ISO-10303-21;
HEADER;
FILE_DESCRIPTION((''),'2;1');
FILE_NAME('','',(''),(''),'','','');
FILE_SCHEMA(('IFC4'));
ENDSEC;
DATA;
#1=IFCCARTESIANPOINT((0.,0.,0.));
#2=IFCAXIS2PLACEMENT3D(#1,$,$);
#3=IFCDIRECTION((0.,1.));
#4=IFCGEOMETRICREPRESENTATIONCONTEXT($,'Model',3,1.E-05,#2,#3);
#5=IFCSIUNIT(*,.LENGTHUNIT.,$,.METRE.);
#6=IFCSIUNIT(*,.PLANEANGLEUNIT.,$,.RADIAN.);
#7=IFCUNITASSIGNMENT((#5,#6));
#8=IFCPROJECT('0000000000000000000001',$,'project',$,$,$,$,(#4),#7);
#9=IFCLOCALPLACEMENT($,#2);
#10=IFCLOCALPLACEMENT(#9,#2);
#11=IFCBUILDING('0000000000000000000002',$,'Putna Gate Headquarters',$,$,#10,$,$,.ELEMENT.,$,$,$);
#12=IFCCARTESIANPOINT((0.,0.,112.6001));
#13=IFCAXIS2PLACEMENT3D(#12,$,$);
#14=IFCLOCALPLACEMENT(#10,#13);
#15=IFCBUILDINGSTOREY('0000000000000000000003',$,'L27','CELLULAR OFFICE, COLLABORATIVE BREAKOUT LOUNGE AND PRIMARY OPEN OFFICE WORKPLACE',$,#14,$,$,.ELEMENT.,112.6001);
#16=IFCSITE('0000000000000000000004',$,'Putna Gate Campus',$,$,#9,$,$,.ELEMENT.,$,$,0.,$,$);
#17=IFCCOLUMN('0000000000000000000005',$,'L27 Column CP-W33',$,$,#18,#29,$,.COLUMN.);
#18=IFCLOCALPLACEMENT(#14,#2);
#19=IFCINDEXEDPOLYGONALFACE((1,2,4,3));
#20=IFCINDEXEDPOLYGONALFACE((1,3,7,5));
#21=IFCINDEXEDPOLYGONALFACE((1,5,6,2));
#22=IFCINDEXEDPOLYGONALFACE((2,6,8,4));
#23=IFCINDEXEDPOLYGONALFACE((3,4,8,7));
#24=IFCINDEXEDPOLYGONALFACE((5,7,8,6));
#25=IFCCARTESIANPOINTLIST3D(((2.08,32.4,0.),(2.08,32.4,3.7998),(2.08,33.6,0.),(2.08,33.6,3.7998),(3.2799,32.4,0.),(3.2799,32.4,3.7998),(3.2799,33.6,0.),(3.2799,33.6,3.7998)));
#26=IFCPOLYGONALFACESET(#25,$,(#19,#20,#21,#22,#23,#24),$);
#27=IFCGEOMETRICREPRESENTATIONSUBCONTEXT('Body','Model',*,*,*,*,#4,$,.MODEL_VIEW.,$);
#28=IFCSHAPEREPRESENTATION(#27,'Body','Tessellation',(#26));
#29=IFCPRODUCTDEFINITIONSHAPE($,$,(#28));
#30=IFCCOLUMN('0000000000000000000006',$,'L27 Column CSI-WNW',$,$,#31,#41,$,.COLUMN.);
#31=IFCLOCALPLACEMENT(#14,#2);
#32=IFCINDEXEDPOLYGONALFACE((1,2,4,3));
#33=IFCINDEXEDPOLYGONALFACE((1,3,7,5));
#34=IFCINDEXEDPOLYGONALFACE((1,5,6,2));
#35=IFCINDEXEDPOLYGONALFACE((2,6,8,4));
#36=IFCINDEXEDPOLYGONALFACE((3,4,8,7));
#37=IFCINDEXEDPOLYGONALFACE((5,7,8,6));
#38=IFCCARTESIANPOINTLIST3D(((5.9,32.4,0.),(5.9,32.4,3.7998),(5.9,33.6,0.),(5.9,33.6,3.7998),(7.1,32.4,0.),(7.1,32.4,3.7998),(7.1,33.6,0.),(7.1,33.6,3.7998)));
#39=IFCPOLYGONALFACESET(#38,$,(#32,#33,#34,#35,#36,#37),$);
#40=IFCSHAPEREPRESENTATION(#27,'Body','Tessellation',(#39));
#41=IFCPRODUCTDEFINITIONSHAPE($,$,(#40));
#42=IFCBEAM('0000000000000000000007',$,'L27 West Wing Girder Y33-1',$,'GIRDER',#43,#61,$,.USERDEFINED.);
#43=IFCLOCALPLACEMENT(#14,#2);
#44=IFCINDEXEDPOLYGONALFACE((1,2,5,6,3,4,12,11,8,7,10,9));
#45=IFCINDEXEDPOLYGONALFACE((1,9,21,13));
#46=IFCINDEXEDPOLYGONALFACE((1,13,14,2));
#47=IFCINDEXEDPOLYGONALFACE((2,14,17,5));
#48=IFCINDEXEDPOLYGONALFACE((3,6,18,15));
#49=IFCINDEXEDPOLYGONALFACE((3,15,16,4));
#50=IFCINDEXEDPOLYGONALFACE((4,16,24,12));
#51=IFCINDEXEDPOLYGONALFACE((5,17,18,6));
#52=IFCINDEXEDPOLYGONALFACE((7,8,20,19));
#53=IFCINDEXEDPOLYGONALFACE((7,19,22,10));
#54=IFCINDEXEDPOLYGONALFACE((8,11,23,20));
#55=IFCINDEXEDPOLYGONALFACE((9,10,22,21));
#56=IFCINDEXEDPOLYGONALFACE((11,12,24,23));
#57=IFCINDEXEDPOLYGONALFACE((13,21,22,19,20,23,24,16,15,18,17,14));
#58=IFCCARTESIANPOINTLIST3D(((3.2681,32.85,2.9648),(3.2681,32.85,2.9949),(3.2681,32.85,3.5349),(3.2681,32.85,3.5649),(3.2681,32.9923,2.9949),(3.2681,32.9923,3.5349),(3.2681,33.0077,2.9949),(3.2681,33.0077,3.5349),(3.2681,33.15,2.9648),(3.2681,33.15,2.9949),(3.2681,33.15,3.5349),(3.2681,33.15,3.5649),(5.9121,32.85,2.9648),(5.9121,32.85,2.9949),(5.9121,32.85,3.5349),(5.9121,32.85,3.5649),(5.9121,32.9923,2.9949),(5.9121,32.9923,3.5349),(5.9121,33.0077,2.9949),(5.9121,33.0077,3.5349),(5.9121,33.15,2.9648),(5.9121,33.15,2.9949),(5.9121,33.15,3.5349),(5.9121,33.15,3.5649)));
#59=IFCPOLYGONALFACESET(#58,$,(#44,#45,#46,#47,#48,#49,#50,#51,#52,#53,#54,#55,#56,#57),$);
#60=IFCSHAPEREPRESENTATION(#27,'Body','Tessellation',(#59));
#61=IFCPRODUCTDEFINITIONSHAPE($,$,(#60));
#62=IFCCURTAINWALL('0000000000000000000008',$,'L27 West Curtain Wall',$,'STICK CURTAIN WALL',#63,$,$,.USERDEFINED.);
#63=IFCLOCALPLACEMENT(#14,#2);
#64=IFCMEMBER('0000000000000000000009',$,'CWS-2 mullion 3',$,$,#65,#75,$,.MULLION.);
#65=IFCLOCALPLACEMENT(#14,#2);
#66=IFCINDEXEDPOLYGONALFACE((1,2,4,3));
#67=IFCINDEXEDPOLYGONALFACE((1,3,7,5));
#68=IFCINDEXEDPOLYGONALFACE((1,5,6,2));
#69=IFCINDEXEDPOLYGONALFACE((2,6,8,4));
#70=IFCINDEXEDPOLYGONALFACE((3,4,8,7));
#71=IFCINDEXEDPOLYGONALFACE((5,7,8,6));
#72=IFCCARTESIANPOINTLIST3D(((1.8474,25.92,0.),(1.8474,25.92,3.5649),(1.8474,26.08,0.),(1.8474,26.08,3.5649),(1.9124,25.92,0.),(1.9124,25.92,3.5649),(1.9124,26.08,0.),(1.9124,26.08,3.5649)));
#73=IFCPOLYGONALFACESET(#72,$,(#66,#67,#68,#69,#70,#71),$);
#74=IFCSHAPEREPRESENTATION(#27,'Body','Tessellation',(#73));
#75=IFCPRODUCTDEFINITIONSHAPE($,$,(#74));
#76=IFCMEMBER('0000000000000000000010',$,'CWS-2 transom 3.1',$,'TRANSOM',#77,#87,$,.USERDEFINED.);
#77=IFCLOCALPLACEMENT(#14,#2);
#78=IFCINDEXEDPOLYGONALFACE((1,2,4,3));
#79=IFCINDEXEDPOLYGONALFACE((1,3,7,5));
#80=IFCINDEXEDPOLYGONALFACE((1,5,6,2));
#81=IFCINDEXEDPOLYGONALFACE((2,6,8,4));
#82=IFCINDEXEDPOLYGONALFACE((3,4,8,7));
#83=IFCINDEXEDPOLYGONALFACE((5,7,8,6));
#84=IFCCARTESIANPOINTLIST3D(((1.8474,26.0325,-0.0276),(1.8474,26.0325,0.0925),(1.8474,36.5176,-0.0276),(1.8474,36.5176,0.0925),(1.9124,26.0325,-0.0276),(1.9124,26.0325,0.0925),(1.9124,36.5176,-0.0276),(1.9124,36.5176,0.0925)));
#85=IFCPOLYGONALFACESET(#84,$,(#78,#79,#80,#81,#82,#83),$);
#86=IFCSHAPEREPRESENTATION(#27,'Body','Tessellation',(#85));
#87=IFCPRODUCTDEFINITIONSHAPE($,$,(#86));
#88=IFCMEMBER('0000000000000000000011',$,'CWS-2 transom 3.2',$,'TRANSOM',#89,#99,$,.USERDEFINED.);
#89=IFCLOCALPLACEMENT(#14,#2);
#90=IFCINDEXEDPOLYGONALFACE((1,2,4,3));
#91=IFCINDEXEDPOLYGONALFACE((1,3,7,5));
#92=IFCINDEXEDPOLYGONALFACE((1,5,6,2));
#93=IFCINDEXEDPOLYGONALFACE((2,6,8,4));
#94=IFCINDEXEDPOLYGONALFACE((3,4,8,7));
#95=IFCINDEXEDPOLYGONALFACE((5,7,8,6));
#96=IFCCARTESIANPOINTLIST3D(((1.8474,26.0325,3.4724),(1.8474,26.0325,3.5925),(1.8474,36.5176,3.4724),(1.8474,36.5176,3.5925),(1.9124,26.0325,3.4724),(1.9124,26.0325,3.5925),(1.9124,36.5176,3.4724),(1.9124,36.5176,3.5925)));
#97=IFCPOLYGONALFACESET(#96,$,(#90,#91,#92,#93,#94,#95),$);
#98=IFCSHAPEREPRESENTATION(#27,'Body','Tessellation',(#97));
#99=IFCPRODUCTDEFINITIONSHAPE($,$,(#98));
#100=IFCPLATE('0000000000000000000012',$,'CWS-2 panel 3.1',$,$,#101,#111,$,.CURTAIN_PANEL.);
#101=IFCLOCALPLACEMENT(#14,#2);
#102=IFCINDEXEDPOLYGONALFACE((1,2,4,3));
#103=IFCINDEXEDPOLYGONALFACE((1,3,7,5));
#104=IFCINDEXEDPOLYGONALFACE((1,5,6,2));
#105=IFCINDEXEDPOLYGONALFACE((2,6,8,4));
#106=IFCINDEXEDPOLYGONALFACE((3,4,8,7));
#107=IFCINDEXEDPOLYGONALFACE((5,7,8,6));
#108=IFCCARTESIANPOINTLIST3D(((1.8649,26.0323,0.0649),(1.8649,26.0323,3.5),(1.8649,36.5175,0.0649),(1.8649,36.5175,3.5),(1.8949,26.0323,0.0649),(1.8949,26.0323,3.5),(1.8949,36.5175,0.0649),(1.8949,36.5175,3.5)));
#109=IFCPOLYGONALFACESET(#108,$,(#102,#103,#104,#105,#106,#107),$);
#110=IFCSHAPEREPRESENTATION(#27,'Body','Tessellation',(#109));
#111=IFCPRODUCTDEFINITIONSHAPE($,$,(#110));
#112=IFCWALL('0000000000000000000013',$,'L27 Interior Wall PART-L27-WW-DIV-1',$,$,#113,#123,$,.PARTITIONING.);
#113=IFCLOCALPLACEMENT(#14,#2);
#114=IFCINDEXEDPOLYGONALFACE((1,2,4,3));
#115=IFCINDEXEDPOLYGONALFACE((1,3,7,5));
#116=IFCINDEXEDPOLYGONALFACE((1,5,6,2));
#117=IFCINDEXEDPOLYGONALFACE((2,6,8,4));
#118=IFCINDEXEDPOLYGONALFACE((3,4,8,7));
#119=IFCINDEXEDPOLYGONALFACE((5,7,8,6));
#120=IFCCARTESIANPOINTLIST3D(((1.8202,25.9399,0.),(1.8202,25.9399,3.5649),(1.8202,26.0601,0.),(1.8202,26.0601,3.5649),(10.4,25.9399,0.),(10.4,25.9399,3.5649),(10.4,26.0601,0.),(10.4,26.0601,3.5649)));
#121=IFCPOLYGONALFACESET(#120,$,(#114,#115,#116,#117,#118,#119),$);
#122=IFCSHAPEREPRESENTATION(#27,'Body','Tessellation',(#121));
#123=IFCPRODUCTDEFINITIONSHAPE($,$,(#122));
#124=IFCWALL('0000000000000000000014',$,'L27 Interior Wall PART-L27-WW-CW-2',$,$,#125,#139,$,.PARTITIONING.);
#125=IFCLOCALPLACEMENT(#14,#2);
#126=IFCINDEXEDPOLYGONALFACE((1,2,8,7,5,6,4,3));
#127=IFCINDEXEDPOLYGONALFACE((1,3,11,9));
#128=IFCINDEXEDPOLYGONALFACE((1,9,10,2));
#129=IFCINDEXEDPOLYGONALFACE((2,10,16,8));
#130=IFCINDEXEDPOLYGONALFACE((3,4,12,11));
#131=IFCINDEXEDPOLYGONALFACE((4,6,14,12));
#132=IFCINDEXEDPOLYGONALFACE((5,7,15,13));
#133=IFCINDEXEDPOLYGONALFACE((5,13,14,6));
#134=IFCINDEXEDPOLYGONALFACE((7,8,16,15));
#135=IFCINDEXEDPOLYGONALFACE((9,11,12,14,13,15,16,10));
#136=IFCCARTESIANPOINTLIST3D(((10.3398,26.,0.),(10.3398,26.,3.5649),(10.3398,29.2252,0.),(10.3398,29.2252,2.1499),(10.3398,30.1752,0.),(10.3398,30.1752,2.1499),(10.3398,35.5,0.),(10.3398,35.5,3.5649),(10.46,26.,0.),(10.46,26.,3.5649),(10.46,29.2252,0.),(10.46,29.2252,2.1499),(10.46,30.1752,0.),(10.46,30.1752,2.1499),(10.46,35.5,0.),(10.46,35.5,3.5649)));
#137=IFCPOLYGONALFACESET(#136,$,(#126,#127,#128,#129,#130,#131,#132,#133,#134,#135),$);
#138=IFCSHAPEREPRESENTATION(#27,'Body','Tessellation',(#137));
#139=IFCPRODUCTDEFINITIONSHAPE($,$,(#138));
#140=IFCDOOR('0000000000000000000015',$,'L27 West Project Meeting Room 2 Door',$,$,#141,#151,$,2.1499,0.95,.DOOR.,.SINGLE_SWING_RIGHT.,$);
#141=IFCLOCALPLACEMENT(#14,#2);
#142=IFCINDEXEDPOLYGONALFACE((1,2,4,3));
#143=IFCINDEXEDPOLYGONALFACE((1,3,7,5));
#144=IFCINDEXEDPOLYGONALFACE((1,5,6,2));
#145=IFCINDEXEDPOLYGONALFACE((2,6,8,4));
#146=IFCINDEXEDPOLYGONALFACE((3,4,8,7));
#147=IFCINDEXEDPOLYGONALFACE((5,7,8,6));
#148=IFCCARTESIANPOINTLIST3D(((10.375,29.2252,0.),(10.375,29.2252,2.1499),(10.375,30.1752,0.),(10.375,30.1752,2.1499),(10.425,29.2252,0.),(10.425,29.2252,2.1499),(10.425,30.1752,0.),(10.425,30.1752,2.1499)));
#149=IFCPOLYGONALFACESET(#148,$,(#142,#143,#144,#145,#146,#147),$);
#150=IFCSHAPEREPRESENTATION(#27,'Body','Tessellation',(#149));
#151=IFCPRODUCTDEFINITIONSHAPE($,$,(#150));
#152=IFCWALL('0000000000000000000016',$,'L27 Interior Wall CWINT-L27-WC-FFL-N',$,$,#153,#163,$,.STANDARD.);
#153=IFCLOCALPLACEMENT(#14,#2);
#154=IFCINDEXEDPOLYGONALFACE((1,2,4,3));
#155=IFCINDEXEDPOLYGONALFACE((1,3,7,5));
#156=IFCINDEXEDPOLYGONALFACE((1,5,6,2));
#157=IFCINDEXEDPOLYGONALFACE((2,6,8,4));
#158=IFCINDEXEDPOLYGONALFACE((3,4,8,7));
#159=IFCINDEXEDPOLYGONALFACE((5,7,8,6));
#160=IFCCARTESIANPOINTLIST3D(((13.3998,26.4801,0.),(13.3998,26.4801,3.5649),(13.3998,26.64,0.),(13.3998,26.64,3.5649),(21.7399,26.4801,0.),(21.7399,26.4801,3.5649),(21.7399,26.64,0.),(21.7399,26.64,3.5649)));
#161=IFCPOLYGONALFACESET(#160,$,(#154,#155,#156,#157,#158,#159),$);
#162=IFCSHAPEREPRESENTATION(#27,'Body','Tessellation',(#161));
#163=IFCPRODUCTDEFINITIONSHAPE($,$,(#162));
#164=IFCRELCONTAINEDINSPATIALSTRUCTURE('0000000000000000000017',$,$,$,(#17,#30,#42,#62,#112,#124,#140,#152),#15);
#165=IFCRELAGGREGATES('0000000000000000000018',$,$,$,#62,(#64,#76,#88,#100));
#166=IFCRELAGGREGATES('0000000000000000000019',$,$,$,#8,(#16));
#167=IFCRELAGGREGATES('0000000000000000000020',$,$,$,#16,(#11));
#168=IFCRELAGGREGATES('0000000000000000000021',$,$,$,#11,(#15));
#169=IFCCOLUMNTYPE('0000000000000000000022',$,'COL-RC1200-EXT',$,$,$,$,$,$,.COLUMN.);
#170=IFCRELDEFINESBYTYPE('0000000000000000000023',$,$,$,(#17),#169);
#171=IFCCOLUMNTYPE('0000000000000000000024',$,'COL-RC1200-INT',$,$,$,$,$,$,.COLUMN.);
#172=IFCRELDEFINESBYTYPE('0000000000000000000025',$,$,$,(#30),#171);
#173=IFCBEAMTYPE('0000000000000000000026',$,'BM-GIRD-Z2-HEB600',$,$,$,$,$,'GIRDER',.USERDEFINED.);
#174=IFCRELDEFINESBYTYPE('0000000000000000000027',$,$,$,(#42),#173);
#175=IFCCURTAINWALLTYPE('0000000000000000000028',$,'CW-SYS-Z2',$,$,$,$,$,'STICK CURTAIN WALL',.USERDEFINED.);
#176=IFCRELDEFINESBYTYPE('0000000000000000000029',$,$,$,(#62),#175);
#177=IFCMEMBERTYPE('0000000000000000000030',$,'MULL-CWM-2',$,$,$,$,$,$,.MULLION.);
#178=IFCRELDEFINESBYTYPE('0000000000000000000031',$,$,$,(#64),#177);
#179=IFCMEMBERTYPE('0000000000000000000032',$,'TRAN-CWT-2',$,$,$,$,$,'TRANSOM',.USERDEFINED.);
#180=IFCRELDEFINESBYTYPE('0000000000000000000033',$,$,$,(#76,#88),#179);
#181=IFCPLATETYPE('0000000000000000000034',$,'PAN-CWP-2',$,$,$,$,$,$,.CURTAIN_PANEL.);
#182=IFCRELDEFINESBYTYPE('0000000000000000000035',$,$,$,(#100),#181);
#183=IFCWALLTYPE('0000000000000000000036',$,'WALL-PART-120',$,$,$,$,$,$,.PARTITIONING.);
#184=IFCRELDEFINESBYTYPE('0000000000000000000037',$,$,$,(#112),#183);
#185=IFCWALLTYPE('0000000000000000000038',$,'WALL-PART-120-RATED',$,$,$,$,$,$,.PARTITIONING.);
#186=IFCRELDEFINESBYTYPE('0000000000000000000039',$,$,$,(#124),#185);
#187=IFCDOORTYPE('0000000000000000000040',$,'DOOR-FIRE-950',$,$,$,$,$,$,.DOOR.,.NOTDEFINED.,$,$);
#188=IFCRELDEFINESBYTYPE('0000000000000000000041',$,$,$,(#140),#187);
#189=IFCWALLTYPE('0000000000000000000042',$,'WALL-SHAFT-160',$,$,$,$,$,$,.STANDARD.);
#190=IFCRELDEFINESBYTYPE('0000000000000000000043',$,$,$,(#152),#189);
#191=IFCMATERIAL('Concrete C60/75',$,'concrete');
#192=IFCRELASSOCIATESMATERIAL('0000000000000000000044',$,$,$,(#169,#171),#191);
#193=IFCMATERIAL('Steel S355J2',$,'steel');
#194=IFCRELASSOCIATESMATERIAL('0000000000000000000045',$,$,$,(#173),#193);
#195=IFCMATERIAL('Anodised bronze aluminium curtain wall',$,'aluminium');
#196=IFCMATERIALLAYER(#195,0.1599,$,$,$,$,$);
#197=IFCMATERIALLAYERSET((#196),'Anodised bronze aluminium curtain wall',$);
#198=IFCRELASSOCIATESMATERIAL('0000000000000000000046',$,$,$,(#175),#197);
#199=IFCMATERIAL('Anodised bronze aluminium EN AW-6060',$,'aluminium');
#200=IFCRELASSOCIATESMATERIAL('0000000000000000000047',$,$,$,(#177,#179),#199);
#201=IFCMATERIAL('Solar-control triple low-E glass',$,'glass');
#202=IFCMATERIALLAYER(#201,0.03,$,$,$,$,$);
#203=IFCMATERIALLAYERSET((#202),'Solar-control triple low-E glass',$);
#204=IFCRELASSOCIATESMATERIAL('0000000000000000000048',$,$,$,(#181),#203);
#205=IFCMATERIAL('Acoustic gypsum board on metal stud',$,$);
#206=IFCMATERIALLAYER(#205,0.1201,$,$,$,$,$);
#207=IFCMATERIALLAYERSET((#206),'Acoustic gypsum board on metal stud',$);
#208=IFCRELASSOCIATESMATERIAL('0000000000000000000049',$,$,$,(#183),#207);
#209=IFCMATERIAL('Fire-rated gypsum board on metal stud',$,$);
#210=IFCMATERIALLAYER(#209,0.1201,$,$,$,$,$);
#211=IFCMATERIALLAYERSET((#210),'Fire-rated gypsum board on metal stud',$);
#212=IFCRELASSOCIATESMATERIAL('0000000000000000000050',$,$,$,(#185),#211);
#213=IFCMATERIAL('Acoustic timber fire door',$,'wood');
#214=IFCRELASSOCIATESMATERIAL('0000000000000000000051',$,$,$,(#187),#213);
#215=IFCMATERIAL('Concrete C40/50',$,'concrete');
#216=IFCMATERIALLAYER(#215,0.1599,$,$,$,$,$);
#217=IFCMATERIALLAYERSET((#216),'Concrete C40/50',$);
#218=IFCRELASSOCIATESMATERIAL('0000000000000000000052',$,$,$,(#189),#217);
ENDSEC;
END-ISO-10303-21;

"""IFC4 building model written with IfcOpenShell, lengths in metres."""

from ifc_helpers import new_model, si_unit, direction, frame, frame_2d, origin, origin_2d, place, context, subcontext, project, spatial, rectangle, i_section, extrude, material, layer, layer_set, material_profile, profile_set, type_object, element, fill, aggregate, save


model = new_model("IFC4")

# Units and contexts
model_context = context("Model", 3, precision=1e-05, world=origin(), true_north=direction((0.0, 1.0)))
body_context = subcontext(model_context, "Body", "Model", "MODEL_VIEW")
ifc_project = project(units=[si_unit("LENGTHUNIT", "METRE"), si_unit("PLANEANGLEUNIT", "RADIAN")], contexts=[model_context])

# Site, building, storey
site_placement = place(None, origin())
site = spatial("IfcSite", under=ifc_project, at=site_placement, Name="Putna Gate Campus", CompositionType="ELEMENT", RefElevation=0.0)
building_placement = place(site_placement, origin())
building = spatial("IfcBuilding", under=site, at=building_placement, Name="Putna Gate Headquarters", CompositionType="ELEMENT")
storey_placement = place(building_placement, frame((0.0, 0.0, 112.6001)))
storey = spatial("IfcBuildingStorey", under=building, at=storey_placement, Name="L27", Description="CELLULAR OFFICE, COLLABORATIVE BREAKOUT LOUNGE AND PRIMARY OPEN OFFICE WORKPLACE", CompositionType="ELEMENT", Elevation=112.6001)

# Columns
ifc_material_1 = material(Name="Concrete C60/75", Category="concrete")
ifc_material_profile_1 = material_profile(ifc_material_1, rectangle(XDim=1.2, YDim=1.2, at=origin_2d()), Name="Concrete C60/75")
ifc_profile_set_1 = profile_set([ifc_material_profile_1], Name="Concrete C60/75")
column_type_1 = type_object("IfcColumnType", Name="COL-RC1200-EXT", PredefinedType="COLUMN", material=ifc_profile_set_1)
column_1_placement = place(storey_placement, frame((2.6799, 33.0, 0.0), z_axis=(0.0, 0.0, 1.0), x_axis=(1.0, 0.0, 0.0)))
element("IfcColumn", 1, at=column_1_placement, inside=storey, type_object=column_type_1, Name="L27 Column CP-W33", PredefinedType="COLUMN", context=body_context, shape_type="SweptSolid", body=[
    extrude(rectangle(XDim=1.2, YDim=1.2, at=origin_2d()), origin(), (0.0, 0.0, 1.0), 3.7998),
])
ifc_material_profile_2 = material_profile(ifc_material_1, rectangle(XDim=1.2, YDim=1.2, at=origin_2d()), Name="Concrete C60/75")
ifc_profile_set_2 = profile_set([ifc_material_profile_2], Name="Concrete C60/75")
column_type_2 = type_object("IfcColumnType", Name="COL-RC1200-INT", PredefinedType="COLUMN", material=ifc_profile_set_2)
column_2_placement = place(storey_placement, frame((6.5, 33.0, 0.0), z_axis=(0.0, 0.0, 1.0), x_axis=(1.0, 0.0, 0.0)))
element("IfcColumn", 2, at=column_2_placement, inside=storey, type_object=column_type_2, Name="L27 Column CSI-WNW", PredefinedType="COLUMN", context=body_context, shape_type="SweptSolid", body=[
    extrude(rectangle(XDim=1.2, YDim=1.2, at=origin_2d()), origin(), (0.0, 0.0, 1.0), 3.7998),
])

# Beam
ifc_material_2 = material(Name="Steel S355J2", Category="steel")
ifc_material_profile_3 = material_profile(ifc_material_2, i_section(OverallWidth=0.3, OverallDepth=0.6001, WebThickness=0.0154, FlangeThickness=0.03, at=origin_2d()), Name="Steel S355J2")
ifc_profile_set_3 = profile_set([ifc_material_profile_3], Name="Steel S355J2")
beam_type = type_object("IfcBeamType", Name="BM-GIRD-Z2-HEB600", ElementType="GIRDER", PredefinedType="USERDEFINED", material=ifc_profile_set_3)
beam_placement = place(storey_placement, frame((3.2681, 33.0, 3.2649), z_axis=(1.0, 0.0, 0.0), x_axis=(0.0, 1.0, 0.0)))
element("IfcBeam", 3, at=beam_placement, inside=storey, type_object=beam_type, Name="L27 West Wing Girder Y33-1", ObjectType="GIRDER", PredefinedType="USERDEFINED", context=body_context, shape_type="SweptSolid", body=[
    extrude(i_section(OverallWidth=0.3, OverallDepth=0.6001, WebThickness=0.0154, FlangeThickness=0.03, at=origin_2d()), origin(), (0.0, 0.0, 1.0), 2.644),
])

# Curtain wall, members, plate
ifc_material_3 = material(Name="Anodised bronze aluminium curtain wall", Category="aluminium")
ifc_layer_1 = layer(ifc_material_3, 0.1599)
ifc_layer_set_1 = layer_set([ifc_layer_1], Name="Anodised bronze aluminium curtain wall")
curtain_wall_type = type_object("IfcCurtainWallType", Name="CW-SYS-Z2", ElementType="STICK CURTAIN WALL", PredefinedType="USERDEFINED", material=ifc_layer_set_1)
curtain_wall_placement = place(storey_placement, origin())
curtain_wall = element("IfcCurtainWall", 4, at=curtain_wall_placement, inside=storey, type_object=curtain_wall_type, Name="L27 West Curtain Wall", ObjectType="STICK CURTAIN WALL", PredefinedType="USERDEFINED")
ifc_material_4 = material(Name="Anodised bronze aluminium EN AW-6060", Category="aluminium")
ifc_material_profile_4 = material_profile(ifc_material_4, rectangle(XDim=0.0649, YDim=0.1599, at=origin_2d()), Name="Anodised bronze aluminium EN AW-6060")
ifc_profile_set_4 = profile_set([ifc_material_profile_4], Name="Anodised bronze aluminium EN AW-6060")
member_type_1 = type_object("IfcMemberType", Name="MULL-CWM-2", PredefinedType="MULLION", material=ifc_profile_set_4)
member_1_placement = place(storey_placement, frame((1.8799, 26.0, 0.0), z_axis=(0.0, 0.0, 1.0), x_axis=(-1.0, 0.0, 0.0)))
member_1 = element("IfcMember", 5, at=member_1_placement, type_object=member_type_1, Name="CWS-2 mullion 3", PredefinedType="MULLION", context=body_context, shape_type="SweptSolid", body=[
    extrude(rectangle(XDim=0.0649, YDim=0.1599, at=origin_2d()), origin(), (0.0, 0.0, 1.0), 3.5649),
])
ifc_material_profile_5 = material_profile(ifc_material_4, rectangle(XDim=0.0649, YDim=0.1201, at=origin_2d()), Name="Anodised bronze aluminium EN AW-6060")
ifc_profile_set_5 = profile_set([ifc_material_profile_5], Name="Anodised bronze aluminium EN AW-6060")
member_type_2 = type_object("IfcMemberType", Name="TRAN-CWT-2", ElementType="TRANSOM", PredefinedType="USERDEFINED", material=ifc_profile_set_5)
member_2_placement = place(storey_placement, frame((1.8799, 26.0325, 0.0325), z_axis=(0.0, 1.0, 0.0), x_axis=(-1.0, 0.0, 0.0)))
member_2 = element("IfcMember", 6, at=member_2_placement, type_object=member_type_2, Name="CWS-2 transom 3.1", ObjectType="TRANSOM", PredefinedType="USERDEFINED", context=body_context, shape_type="SweptSolid", body=[
    extrude(rectangle(XDim=0.0649, YDim=0.1201, at=origin_2d()), origin(), (0.0, 0.0, 1.0), 10.4851),
])
member_3_placement = place(storey_placement, frame((1.8799, 26.0325, 3.5325), z_axis=(0.0, 1.0, 0.0), x_axis=(-1.0, 0.0, 0.0)))
member_3 = element("IfcMember", 7, at=member_3_placement, type_object=member_type_2, Name="CWS-2 transom 3.2", ObjectType="TRANSOM", PredefinedType="USERDEFINED", context=body_context, shape_type="SweptSolid", body=[
    extrude(rectangle(XDim=0.0649, YDim=0.1201, at=origin_2d()), origin(), (0.0, 0.0, 1.0), 10.4851),
])
ifc_material_5 = material(Name="Solar-control triple low-E glass", Category="glass")
ifc_layer_2 = layer(ifc_material_5, 0.03)
ifc_layer_set_2 = layer_set([ifc_layer_2], Name="Solar-control triple low-E glass")
plate_type = type_object("IfcPlateType", Name="PAN-CWP-2", PredefinedType="CURTAIN_PANEL", material=ifc_layer_set_2)
plate_placement = place(storey_placement, frame((1.8799, 31.2749, 0.0649), z_axis=(0.0, 0.0, 1.0), x_axis=(0.0, 1.0, 0.0)))
plate = element("IfcPlate", 8, at=plate_placement, type_object=plate_type, Name="CWS-2 panel 3.1", PredefinedType="CURTAIN_PANEL", context=body_context, shape_type="SweptSolid", body=[
    extrude(rectangle(XDim=10.4851, YDim=0.03, at=origin_2d()), origin(), (0.0, 0.0, 1.0), 3.4351),
])
aggregate(curtain_wall, [member_1, member_2, member_3, plate])

# Wall
ifc_material_6 = material(Name="Acoustic gypsum board on metal stud")
ifc_layer_3 = layer(ifc_material_6, 0.1201)
ifc_layer_set_3 = layer_set([ifc_layer_3], Name="Acoustic gypsum board on metal stud")
wall_type_1 = type_object("IfcWallType", Name="WALL-PART-120", PredefinedType="PARTITIONING", material=ifc_layer_set_3)
wall_1_placement = place(storey_placement, frame((1.8201, 26.0, 0.0), z_axis=(0.0, 0.0, 1.0), x_axis=(1.0, 0.0, 0.0)))
element("IfcWall", 9, at=wall_1_placement, inside=storey, type_object=wall_type_1, Name="L27 Interior Wall PART-L27-WW-DIV-1", PredefinedType="PARTITIONING", context=body_context, shape_type="SweptSolid", body=[
    extrude(rectangle(XDim=8.5798, YDim=0.1201, at=frame_2d((4.29, 0.0))), origin(), (0.0, 0.0, 1.0), 3.5649),
])

# Wall, opening, door
ifc_material_7 = material(Name="Fire-rated gypsum board on metal stud")
ifc_layer_4 = layer(ifc_material_7, 0.1201)
ifc_layer_set_4 = layer_set([ifc_layer_4], Name="Fire-rated gypsum board on metal stud")
wall_type_2 = type_object("IfcWallType", Name="WALL-PART-120-RATED", PredefinedType="PARTITIONING", material=ifc_layer_set_4)
wall_2_placement = place(storey_placement, frame((10.3999, 26.0, 0.0), z_axis=(0.0, 0.0, 1.0), x_axis=(0.0, 1.0, 0.0)))
wall_2 = element("IfcWall", 10, at=wall_2_placement, inside=storey, type_object=wall_type_2, Name="L27 Interior Wall PART-L27-WW-CW-2", PredefinedType="PARTITIONING", context=body_context, shape_type="SweptSolid", body=[
    extrude(rectangle(XDim=9.5, YDim=0.1201, at=frame_2d((4.75, 0.0))), origin(), (0.0, 0.0, 1.0), 3.5649),
])
opening_1_placement = place(wall_2_placement, frame((3.2251, 0.0, 0.0)))
opening_1 = element("IfcOpeningElement", 11, at=opening_1_placement, cuts=wall_2, PredefinedType="OPENING", context=body_context, shape_type="SweptSolid", body=[
    extrude(rectangle(XDim=0.95, YDim=2.1499, at=frame_2d((0.4751, 1.075))), frame((0.0, 0.0701, 0.0), z_axis=(0.0, -1.0, 0.0), x_axis=(1.0, 0.0, 0.0)), (0.0, 0.0, 1.0), 0.1401),
])
ifc_material_8 = material(Name="Acoustic timber fire door", Category="wood")
door_type_1 = type_object("IfcDoorType", Name="DOOR-FIRE-950", OperationType="NOTDEFINED", PredefinedType="DOOR", material=ifc_material_8)
door_1_placement = place(opening_1_placement, origin())
door_1 = element("IfcDoor", 12, at=door_1_placement, inside=storey, type_object=door_type_1, Name="L27 West Project Meeting Room 2 Door", OperationType="SINGLE_SWING_RIGHT", OverallHeight=2.1499, OverallWidth=0.95, PredefinedType="DOOR", context=body_context, shape_type="SweptSolid", body=[
    extrude(rectangle(XDim=0.95, YDim=2.1499, at=frame_2d((0.4751, 1.075))), frame((0.0, 0.0249, 0.0), z_axis=(0.0, -1.0, 0.0), x_axis=(1.0, 0.0, 0.0)), (0.0, 0.0, 1.0), 0.05),
])
fill(opening_1, door_1)

# Wall
ifc_material_9 = material(Name="Concrete C40/50", Category="concrete")
ifc_layer_5 = layer(ifc_material_9, 0.1599)
ifc_layer_set_5 = layer_set([ifc_layer_5], Name="Concrete C40/50")
wall_type_3 = type_object("IfcWallType", Name="WALL-SHAFT-160", PredefinedType="STANDARD", material=ifc_layer_set_5)
wall_3_placement = place(storey_placement, frame((13.3999, 26.5601, 0.0), z_axis=(0.0, 0.0, 1.0), x_axis=(1.0, 0.0, 0.0)))
element("IfcWall", 13, at=wall_3_placement, inside=storey, type_object=wall_type_3, Name="L27 Interior Wall CWINT-L27-WC-FFL-N", PredefinedType="STANDARD", context=body_context, shape_type="SweptSolid", body=[
    extrude(rectangle(XDim=8.3401, YDim=0.1599, at=frame_2d((4.1699, 0.0))), origin(), (0.0, 0.0, 1.0), 3.5649),
])

save(model, "model.ifc")
